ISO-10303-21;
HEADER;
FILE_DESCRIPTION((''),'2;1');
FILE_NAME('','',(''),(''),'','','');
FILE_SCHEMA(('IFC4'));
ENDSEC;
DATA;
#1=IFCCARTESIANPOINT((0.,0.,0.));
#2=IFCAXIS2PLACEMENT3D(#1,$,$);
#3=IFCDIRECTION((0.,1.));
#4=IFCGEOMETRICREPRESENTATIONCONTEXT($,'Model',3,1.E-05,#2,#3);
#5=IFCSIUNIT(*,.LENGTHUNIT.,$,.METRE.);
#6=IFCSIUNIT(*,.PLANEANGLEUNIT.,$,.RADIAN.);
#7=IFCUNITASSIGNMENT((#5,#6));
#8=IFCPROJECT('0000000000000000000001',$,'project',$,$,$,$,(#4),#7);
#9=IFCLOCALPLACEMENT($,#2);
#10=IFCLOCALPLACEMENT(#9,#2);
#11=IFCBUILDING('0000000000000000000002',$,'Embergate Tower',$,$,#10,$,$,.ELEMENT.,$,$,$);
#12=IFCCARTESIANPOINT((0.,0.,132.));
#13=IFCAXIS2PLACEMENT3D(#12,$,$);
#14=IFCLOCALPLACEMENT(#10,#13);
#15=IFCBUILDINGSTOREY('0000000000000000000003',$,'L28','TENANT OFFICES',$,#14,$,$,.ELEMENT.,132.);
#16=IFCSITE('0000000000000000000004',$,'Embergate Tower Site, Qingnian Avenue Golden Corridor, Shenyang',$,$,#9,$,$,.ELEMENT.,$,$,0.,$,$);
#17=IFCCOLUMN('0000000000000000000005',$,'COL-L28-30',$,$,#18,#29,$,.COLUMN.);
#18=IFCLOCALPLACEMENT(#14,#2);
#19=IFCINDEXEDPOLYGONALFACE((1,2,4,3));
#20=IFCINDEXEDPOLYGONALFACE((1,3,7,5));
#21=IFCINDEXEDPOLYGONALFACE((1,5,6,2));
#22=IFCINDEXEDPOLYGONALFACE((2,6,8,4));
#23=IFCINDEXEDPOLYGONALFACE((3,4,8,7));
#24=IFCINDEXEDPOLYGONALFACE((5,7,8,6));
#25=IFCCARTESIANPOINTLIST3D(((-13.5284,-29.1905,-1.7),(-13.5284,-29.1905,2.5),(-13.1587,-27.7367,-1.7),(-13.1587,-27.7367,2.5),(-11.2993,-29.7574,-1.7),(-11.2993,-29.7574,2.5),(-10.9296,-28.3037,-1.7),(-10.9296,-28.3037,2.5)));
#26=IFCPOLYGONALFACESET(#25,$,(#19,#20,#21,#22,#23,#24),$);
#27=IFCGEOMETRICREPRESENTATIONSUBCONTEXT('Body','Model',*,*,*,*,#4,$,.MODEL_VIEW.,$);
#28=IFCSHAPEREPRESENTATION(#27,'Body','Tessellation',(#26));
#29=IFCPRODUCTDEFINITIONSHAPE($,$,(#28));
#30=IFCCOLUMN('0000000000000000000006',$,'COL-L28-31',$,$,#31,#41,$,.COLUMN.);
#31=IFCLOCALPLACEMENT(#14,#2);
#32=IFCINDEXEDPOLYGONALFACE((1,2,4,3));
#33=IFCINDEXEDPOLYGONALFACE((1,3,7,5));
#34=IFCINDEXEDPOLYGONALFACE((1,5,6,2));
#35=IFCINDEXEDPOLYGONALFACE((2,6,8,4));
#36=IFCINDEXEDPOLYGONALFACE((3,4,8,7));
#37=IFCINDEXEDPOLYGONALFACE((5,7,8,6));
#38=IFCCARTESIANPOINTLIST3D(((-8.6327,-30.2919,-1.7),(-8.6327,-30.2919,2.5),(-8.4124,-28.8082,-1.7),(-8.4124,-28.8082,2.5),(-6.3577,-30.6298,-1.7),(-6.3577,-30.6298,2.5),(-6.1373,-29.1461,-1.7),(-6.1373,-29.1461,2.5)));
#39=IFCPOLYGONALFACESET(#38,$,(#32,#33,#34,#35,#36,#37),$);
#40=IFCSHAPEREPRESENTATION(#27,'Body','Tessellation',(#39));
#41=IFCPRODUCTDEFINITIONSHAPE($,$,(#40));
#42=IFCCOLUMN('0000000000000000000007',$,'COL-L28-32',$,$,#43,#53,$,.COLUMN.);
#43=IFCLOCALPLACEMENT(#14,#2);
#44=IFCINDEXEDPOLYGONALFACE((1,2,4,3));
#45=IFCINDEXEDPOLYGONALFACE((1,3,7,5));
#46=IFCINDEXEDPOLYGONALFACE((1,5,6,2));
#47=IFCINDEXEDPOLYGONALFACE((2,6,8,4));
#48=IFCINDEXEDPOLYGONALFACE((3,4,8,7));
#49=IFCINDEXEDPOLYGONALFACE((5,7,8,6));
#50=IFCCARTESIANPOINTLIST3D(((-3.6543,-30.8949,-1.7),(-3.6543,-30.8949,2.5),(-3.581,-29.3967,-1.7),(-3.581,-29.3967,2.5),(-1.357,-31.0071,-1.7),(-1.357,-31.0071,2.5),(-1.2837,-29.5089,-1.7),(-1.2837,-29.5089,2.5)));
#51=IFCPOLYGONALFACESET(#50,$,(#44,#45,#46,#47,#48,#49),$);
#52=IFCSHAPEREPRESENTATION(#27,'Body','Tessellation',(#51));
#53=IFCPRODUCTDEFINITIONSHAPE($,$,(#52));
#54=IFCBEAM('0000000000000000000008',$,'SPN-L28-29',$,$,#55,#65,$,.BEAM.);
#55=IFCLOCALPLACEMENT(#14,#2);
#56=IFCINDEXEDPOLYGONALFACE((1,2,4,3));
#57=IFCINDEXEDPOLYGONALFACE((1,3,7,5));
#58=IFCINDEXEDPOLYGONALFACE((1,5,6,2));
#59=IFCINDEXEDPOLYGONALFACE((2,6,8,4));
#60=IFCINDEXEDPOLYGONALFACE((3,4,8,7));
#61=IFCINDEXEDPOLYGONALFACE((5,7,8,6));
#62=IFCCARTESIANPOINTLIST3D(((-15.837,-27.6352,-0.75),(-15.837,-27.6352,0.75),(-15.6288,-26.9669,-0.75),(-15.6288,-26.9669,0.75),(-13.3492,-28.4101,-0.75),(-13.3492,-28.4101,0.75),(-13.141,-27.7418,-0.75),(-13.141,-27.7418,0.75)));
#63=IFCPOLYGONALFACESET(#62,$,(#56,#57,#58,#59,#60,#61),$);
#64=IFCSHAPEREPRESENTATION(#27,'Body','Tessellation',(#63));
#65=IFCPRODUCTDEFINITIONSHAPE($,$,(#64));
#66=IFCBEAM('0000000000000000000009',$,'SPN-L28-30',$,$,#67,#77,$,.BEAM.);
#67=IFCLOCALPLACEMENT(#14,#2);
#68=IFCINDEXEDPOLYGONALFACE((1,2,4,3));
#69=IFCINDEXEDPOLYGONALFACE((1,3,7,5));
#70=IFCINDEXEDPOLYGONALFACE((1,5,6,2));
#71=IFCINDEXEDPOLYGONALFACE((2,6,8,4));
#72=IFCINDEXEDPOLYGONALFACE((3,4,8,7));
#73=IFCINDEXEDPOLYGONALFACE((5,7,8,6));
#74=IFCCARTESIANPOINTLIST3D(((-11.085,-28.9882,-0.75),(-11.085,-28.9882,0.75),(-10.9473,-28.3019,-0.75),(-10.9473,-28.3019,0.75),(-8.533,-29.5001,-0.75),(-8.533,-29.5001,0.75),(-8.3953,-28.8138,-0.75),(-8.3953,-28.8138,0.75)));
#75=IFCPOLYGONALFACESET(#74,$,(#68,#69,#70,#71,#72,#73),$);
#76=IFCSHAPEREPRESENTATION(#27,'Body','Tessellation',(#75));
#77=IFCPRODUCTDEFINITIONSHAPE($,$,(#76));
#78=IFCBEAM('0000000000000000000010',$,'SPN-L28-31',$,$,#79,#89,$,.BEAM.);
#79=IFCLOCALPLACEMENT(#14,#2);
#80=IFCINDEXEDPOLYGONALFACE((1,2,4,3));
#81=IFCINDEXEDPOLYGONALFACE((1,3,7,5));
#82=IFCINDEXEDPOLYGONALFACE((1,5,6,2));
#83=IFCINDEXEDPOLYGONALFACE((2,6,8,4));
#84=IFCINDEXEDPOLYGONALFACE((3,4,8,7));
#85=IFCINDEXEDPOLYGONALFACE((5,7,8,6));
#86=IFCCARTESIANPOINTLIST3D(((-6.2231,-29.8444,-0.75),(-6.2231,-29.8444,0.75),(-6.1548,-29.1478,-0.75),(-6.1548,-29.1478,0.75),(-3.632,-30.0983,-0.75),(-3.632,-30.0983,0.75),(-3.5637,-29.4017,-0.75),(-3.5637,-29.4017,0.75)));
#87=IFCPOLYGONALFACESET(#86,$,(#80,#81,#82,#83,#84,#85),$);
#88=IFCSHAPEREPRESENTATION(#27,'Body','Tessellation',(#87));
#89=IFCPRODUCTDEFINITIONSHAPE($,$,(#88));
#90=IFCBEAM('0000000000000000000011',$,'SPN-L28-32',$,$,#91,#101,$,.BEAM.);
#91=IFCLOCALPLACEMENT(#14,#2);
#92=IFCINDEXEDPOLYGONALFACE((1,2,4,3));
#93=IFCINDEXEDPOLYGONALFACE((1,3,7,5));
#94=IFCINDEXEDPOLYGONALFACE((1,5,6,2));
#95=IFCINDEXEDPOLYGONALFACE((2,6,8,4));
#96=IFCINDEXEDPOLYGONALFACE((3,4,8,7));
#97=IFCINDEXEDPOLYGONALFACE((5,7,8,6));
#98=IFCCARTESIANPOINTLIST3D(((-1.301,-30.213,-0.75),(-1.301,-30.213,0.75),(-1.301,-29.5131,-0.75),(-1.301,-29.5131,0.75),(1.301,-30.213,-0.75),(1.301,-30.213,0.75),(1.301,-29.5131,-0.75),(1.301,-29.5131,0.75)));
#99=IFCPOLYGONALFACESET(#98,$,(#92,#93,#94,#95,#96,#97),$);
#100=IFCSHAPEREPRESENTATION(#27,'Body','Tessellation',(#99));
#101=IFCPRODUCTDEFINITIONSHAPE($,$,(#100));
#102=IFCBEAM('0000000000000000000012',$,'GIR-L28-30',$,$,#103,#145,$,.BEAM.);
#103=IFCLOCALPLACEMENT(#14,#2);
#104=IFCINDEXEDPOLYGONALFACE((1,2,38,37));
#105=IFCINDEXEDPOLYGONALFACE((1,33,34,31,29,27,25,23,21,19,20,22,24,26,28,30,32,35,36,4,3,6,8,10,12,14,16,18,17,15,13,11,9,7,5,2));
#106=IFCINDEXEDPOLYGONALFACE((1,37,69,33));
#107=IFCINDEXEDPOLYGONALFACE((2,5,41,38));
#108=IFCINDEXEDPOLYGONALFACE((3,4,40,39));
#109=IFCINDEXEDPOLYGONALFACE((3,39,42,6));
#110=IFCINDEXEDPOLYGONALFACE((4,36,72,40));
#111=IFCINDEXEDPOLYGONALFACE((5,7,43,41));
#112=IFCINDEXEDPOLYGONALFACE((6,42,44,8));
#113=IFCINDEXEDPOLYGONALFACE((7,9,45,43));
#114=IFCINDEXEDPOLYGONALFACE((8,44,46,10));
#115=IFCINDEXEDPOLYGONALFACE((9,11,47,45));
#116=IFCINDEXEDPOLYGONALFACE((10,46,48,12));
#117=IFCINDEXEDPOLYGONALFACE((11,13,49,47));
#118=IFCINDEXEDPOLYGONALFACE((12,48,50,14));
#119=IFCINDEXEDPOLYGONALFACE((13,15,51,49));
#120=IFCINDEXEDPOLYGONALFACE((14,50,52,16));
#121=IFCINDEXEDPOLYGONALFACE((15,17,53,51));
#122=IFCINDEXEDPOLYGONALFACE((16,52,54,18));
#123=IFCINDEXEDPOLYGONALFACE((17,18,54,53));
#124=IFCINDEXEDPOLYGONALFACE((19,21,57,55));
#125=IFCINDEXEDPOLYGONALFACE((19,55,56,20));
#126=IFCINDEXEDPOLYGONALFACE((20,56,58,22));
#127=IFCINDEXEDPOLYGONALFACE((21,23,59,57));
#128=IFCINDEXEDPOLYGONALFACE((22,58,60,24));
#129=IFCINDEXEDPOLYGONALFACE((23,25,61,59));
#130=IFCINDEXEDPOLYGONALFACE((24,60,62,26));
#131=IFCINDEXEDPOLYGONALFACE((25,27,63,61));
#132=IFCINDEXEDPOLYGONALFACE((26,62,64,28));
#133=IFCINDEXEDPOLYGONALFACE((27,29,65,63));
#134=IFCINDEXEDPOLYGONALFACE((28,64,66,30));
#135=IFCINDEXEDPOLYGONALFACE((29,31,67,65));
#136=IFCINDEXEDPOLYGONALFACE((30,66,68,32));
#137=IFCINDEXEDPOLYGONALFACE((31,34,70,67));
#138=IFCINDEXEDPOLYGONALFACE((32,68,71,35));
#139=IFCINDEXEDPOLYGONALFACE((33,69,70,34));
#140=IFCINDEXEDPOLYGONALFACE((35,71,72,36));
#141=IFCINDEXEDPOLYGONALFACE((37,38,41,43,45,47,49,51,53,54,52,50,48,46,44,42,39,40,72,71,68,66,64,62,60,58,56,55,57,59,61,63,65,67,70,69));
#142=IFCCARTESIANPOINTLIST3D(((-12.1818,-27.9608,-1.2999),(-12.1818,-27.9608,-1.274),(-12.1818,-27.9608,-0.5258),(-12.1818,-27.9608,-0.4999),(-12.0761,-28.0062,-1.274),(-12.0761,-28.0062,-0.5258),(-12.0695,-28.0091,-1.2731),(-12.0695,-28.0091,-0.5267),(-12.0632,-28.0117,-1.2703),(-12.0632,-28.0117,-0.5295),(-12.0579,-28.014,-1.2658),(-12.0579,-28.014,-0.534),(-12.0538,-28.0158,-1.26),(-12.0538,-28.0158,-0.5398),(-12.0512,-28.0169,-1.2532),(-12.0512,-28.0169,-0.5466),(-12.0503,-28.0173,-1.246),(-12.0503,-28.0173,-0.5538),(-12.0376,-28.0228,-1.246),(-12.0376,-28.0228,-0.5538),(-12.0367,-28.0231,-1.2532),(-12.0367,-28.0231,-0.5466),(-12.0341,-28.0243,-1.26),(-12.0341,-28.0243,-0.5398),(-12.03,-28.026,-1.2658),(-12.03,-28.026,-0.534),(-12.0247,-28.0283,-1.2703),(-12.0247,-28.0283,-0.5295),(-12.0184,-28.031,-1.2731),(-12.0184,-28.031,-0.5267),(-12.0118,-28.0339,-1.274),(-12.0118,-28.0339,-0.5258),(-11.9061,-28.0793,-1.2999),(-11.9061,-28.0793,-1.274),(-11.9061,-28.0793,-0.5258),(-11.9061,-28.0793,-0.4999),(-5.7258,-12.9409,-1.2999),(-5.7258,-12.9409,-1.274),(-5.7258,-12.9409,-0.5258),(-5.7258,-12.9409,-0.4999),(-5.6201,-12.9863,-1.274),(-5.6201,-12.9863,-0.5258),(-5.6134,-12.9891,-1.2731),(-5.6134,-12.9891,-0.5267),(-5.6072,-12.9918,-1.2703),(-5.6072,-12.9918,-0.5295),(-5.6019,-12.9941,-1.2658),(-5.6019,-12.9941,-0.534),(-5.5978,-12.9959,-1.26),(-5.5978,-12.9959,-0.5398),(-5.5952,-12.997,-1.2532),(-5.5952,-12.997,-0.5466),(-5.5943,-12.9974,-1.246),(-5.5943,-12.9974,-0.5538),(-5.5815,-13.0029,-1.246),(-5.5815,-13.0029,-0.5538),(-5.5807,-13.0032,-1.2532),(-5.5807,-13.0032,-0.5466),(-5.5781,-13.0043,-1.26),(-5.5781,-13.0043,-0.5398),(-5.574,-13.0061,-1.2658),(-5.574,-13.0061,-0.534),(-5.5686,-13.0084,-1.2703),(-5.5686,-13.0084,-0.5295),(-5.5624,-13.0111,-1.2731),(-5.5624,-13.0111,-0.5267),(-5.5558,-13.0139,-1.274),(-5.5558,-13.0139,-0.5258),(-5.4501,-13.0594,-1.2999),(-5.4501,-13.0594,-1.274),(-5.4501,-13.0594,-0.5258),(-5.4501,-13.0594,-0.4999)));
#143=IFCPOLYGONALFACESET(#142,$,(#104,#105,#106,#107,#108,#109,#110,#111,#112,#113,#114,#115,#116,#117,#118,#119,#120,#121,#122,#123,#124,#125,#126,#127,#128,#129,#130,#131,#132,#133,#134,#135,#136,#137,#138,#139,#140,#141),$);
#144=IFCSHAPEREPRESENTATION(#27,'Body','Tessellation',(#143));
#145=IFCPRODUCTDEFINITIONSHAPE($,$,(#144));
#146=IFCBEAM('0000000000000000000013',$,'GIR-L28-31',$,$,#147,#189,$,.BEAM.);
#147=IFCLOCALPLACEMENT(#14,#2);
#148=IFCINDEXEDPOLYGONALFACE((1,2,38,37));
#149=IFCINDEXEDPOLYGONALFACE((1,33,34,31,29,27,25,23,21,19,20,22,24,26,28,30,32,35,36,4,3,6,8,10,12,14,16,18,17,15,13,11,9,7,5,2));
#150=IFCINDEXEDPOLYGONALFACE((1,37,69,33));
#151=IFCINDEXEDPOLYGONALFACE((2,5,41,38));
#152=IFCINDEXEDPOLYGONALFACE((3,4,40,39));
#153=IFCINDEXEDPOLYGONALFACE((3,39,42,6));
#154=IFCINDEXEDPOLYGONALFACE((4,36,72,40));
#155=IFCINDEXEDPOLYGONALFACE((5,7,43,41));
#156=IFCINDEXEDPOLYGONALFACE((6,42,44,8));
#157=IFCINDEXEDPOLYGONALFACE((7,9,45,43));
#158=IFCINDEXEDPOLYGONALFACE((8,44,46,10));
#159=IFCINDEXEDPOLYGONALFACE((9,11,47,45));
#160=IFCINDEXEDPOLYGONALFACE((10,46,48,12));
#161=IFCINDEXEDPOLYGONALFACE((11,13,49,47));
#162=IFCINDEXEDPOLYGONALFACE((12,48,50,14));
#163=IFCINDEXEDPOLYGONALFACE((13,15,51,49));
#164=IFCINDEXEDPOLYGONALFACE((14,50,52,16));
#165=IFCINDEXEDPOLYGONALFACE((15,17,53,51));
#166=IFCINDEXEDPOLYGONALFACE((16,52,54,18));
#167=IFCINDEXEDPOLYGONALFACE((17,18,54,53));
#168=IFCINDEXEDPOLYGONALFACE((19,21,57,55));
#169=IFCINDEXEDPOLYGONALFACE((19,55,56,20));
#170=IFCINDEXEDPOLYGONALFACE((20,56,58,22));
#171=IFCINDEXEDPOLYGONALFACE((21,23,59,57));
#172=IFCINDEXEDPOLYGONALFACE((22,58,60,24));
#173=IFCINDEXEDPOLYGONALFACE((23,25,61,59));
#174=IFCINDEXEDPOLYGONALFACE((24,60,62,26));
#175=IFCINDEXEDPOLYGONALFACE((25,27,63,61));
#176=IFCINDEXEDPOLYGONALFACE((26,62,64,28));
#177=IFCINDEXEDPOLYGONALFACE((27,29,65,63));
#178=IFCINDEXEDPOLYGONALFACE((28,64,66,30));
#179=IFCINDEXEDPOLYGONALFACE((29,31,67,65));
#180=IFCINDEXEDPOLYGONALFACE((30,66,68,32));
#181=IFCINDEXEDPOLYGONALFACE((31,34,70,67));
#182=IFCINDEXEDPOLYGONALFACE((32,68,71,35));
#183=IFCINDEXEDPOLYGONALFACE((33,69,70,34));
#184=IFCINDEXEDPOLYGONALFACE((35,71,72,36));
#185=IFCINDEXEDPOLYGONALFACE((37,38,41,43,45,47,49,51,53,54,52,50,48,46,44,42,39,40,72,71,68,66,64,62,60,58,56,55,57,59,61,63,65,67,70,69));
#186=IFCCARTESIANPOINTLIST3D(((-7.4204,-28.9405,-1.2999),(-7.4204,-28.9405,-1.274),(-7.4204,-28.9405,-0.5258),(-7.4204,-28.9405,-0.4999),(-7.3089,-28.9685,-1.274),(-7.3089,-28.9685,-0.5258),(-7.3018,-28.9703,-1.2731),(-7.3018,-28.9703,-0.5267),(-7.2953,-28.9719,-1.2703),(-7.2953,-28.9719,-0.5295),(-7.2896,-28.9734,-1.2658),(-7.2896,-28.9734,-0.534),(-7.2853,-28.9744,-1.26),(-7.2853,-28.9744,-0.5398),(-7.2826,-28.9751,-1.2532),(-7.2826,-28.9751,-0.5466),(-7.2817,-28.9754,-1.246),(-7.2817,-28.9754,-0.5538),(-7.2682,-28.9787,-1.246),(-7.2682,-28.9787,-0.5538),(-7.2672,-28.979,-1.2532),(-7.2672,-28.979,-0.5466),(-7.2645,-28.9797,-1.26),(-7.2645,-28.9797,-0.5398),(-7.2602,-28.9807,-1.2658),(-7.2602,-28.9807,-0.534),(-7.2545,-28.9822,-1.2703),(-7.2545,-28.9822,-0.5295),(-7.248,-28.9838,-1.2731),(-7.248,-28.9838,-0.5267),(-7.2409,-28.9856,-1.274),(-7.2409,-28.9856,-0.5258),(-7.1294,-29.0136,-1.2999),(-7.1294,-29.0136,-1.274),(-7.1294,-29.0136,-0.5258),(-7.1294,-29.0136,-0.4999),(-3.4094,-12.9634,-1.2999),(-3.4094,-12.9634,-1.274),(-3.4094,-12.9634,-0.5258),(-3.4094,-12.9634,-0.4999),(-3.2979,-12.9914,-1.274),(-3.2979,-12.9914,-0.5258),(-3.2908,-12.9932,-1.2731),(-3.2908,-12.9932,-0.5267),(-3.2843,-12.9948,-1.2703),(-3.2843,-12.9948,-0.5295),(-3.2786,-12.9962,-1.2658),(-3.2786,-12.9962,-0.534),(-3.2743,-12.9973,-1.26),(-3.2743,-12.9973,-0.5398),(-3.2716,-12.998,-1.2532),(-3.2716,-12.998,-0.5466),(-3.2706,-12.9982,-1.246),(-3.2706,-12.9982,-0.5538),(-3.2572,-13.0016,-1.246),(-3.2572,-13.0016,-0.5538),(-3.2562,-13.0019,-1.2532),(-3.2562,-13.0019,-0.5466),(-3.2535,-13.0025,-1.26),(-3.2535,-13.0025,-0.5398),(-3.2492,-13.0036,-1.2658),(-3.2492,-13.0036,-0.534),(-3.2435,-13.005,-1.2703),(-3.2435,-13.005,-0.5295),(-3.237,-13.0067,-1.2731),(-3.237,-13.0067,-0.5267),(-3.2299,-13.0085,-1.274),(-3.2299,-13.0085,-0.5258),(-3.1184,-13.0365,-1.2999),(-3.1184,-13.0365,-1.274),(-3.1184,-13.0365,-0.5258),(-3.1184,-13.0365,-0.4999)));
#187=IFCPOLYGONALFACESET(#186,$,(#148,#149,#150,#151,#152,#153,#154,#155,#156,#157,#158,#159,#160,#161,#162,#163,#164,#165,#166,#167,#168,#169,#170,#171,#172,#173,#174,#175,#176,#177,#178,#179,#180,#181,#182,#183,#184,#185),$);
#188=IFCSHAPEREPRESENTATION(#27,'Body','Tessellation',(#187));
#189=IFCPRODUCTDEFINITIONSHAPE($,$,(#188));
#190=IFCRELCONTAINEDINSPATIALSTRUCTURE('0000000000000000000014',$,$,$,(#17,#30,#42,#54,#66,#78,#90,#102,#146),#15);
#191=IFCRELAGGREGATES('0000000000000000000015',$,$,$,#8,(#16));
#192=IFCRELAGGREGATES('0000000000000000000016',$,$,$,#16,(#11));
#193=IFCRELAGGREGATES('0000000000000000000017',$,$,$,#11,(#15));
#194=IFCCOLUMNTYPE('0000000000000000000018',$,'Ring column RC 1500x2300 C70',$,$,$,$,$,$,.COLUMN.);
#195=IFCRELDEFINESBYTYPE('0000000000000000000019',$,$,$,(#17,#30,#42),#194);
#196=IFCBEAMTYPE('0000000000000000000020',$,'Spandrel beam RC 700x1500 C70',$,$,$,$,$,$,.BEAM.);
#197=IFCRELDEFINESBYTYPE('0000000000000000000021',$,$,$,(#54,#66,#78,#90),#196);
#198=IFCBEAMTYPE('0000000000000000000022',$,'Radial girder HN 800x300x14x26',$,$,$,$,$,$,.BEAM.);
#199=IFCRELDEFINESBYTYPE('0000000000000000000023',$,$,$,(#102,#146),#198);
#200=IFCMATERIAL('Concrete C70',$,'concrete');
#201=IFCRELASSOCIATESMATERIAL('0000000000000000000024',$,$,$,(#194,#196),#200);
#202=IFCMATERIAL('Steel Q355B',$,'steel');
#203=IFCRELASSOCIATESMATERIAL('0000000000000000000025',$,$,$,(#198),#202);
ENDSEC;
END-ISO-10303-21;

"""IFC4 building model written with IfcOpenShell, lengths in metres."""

from ifc_helpers import new_model, si_unit, direction, frame, origin, origin_2d, place, context, subcontext, project, spatial, rectangle, i_section, extrude, source, transform, mapped, material, material_profile, profile_set, type_object, element, save


model = new_model("IFC4")

# Units and contexts
model_context = context("Model", 3, precision=1e-05, world=origin(), true_north=direction((0.0, 1.0)))
body_context = subcontext(model_context, "Body", "Model", "MODEL_VIEW")
ifc_project = project(units=[si_unit("LENGTHUNIT", "METRE"), si_unit("PLANEANGLEUNIT", "RADIAN")], contexts=[model_context])

# Site, building, storey
site_placement = place(None, origin())
site = spatial("IfcSite", under=ifc_project, at=site_placement, Name="Embergate Tower Site, Qingnian Avenue Golden Corridor, Shenyang", CompositionType="ELEMENT", RefElevation=0.0)
building_placement = place(site_placement, origin())
building = spatial("IfcBuilding", under=site, at=building_placement, Name="Embergate Tower", CompositionType="ELEMENT")
storey_placement = place(building_placement, frame((0.0, 0.0, 132.0)))
storey = spatial("IfcBuildingStorey", under=building, at=storey_placement, Name="L28", Description="TENANT OFFICES", CompositionType="ELEMENT", Elevation=132.0)

# Columns
ifc_material_1 = material(Name="Concrete C70", Category="concrete")
ifc_material_profile_1 = material_profile(ifc_material_1, rectangle(XDim=1.5, YDim=2.3, at=origin_2d()), Name="RC 1500x2300")
ifc_profile_set_1 = profile_set([ifc_material_profile_1], Name="Concrete C70")
column_type = type_object("IfcColumnType", Name="Ring column RC 1500x2300 C70", PredefinedType="COLUMN", material=ifc_profile_set_1)
shared_shape_1 = source(origin(), body_context, "Body", "SweptSolid", [
    extrude(rectangle(XDim=1.5, YDim=2.3, at=origin_2d()), origin(), (0.0, 0.0, 1.0), 4.2),
])
for number, where, z_axis, x_axis, name in (
    (1, (-12.229, -28.7471, -1.7), (0.0, 0.0, 1.0), (-0.246492, -0.969145, 0.0), "COL-L28-30"),
    (2, (-7.385, -29.719, -1.7), (0.0, 0.0, 1.0), (-0.146929, -0.989147, 0.0), "COL-L28-31"),
    (3, (-2.469, -30.2019, -1.7), (0.0, 0.0, 1.0), (-0.048815, -0.998808, 0.0), "COL-L28-32"),
):
    element("IfcColumn", number, at=place(storey_placement, frame(where, z_axis=z_axis, x_axis=x_axis)), inside=storey, type_object=column_type, Name=name, PredefinedType="COLUMN", context=body_context, shape_type="MappedRepresentation", body=[
        mapped(shared_shape_1, transform((0.0, 0.0, 0.0))),
    ])

# Beams
ifc_material_profile_2 = material_profile(ifc_material_1, rectangle(XDim=0.7, YDim=1.5, at=origin_2d()), Name="RC 700x1500")
ifc_profile_set_2 = profile_set([ifc_material_profile_2], Name="Concrete C70")
beam_type_1 = type_object("IfcBeamType", Name="Spandrel beam RC 700x1500 C70", PredefinedType="BEAM", material=ifc_profile_set_2)
shared_shape_2 = source(origin(), body_context, "Body", "SweptSolid", [
    extrude(rectangle(XDim=0.7, YDim=1.5, at=origin_2d()), origin(), (0.0, 0.0, 1.0), 2.6057),
])
beam_1_placement = place(storey_placement, frame((-15.7329, -27.301, 0.0), z_axis=(0.954756, -0.297389, 0.0), x_axis=(0.297389, 0.954756, 0.0)))
element("IfcBeam", 4, at=beam_1_placement, inside=storey, type_object=beam_type_1, Name="SPN-L28-29", PredefinedType="BEAM", context=body_context, shape_type="MappedRepresentation", body=[
    mapped(shared_shape_2, transform((0.0, 0.0, 0.0))),
])
shared_shape_3 = source(origin(), body_context, "Body", "SweptSolid", [
    extrude(rectangle(XDim=0.7, YDim=1.5, at=origin_2d()), origin(), (0.0, 0.0, 1.0), 2.6028),
])
beam_2_placement = place(storey_placement, frame((-11.0161, -28.645, 0.0), z_axis=(0.980465, -0.196693, 0.0), x_axis=(0.196693, 0.980465, 0.0)))
element("IfcBeam", 5, at=beam_2_placement, inside=storey, type_object=beam_type_1, Name="SPN-L28-30", PredefinedType="BEAM", context=body_context, shape_type="MappedRepresentation", body=[
    mapped(shared_shape_3, transform((0.0, 0.0, 0.0))),
])
shared_shape_4 = source(origin(), body_context, "Body", "SweptSolid", [
    extrude(rectangle(XDim=0.7, YDim=1.5, at=origin_2d()), origin(), (0.0, 0.0, 1.0), 2.6035),
])
beam_3_placement = place(storey_placement, frame((-6.189, -29.4961, 0.0), z_axis=(0.995233, -0.097526, 0.0), x_axis=(0.097526, 0.995233, 0.0)))
element("IfcBeam", 6, at=beam_3_placement, inside=storey, type_object=beam_type_1, Name="SPN-L28-31", PredefinedType="BEAM", context=body_context, shape_type="MappedRepresentation", body=[
    mapped(shared_shape_4, transform((0.0, 0.0, 0.0))),
])
shared_shape_5 = source(origin(), body_context, "Body", "SweptSolid", [
    extrude(rectangle(XDim=0.7, YDim=1.5, at=origin_2d()), origin(), (0.0, 0.0, 1.0), 2.6021),
])
beam_4_placement = place(storey_placement, frame((-1.301, -29.863, 0.0), z_axis=(1.0, 0.0, 0.0), x_axis=(0.0, 1.0, 0.0)))
element("IfcBeam", 7, at=beam_4_placement, inside=storey, type_object=beam_type_1, Name="SPN-L28-32", PredefinedType="BEAM", context=body_context, shape_type="MappedRepresentation", body=[
    mapped(shared_shape_5, transform((0.0, 0.0, 0.0))),
])
ifc_material_2 = material(Name="Steel Q355B", Category="steel")
ifc_material_profile_3 = material_profile(ifc_material_2, i_section(OverallWidth=0.3, OverallDepth=0.8, WebThickness=0.0139, FlangeThickness=0.0259, FilletRadius=0.0281, at=origin_2d()), Name="HN 800x300x14x26")
ifc_profile_set_3 = profile_set([ifc_material_profile_3], Name="Steel Q355 grade B")
beam_type_2 = type_object("IfcBeamType", Name="Radial girder HN 800x300x14x26", PredefinedType="BEAM", material=ifc_profile_set_3)
shared_shape_6 = source(origin(), body_context, "Body", "SweptSolid", [
    extrude(i_section(OverallWidth=0.3, OverallDepth=0.8, WebThickness=0.0139, FlangeThickness=0.0259, FilletRadius=0.0281, at=origin_2d()), origin(), (0.0, 0.0, 1.0), 16.3486),
])
beam_5_placement = place(storey_placement, frame((-12.0439, -28.02, -0.8999), z_axis=(0.394896, 0.918726, 0.0), x_axis=(-0.918726, 0.394896, 0.0)))
element("IfcBeam", 8, at=beam_5_placement, inside=storey, type_object=beam_type_2, Name="GIR-L28-30", PredefinedType="BEAM", context=body_context, shape_type="MappedRepresentation", body=[
    mapped(shared_shape_6, transform((0.0, 0.0, 0.0))),
])
shared_shape_7 = source(origin(), body_context, "Body", "SweptSolid", [
    extrude(i_section(OverallWidth=0.3, OverallDepth=0.8, WebThickness=0.0139, FlangeThickness=0.0259, FilletRadius=0.0281, at=origin_2d()), origin(), (0.0, 0.0, 1.0), 16.4729),
])
beam_6_placement = place(storey_placement, frame((-7.2749, -28.9771, -0.8999), z_axis=(0.243491, 0.969903, 0.0), x_axis=(-0.969903, 0.243491, 0.0)))
element("IfcBeam", 9, at=beam_6_placement, inside=storey, type_object=beam_type_2, Name="GIR-L28-31", PredefinedType="BEAM", context=body_context, shape_type="MappedRepresentation", body=[
    mapped(shared_shape_7, transform((0.0, 0.0, 0.0))),
])

save(model, "model.ifc")
